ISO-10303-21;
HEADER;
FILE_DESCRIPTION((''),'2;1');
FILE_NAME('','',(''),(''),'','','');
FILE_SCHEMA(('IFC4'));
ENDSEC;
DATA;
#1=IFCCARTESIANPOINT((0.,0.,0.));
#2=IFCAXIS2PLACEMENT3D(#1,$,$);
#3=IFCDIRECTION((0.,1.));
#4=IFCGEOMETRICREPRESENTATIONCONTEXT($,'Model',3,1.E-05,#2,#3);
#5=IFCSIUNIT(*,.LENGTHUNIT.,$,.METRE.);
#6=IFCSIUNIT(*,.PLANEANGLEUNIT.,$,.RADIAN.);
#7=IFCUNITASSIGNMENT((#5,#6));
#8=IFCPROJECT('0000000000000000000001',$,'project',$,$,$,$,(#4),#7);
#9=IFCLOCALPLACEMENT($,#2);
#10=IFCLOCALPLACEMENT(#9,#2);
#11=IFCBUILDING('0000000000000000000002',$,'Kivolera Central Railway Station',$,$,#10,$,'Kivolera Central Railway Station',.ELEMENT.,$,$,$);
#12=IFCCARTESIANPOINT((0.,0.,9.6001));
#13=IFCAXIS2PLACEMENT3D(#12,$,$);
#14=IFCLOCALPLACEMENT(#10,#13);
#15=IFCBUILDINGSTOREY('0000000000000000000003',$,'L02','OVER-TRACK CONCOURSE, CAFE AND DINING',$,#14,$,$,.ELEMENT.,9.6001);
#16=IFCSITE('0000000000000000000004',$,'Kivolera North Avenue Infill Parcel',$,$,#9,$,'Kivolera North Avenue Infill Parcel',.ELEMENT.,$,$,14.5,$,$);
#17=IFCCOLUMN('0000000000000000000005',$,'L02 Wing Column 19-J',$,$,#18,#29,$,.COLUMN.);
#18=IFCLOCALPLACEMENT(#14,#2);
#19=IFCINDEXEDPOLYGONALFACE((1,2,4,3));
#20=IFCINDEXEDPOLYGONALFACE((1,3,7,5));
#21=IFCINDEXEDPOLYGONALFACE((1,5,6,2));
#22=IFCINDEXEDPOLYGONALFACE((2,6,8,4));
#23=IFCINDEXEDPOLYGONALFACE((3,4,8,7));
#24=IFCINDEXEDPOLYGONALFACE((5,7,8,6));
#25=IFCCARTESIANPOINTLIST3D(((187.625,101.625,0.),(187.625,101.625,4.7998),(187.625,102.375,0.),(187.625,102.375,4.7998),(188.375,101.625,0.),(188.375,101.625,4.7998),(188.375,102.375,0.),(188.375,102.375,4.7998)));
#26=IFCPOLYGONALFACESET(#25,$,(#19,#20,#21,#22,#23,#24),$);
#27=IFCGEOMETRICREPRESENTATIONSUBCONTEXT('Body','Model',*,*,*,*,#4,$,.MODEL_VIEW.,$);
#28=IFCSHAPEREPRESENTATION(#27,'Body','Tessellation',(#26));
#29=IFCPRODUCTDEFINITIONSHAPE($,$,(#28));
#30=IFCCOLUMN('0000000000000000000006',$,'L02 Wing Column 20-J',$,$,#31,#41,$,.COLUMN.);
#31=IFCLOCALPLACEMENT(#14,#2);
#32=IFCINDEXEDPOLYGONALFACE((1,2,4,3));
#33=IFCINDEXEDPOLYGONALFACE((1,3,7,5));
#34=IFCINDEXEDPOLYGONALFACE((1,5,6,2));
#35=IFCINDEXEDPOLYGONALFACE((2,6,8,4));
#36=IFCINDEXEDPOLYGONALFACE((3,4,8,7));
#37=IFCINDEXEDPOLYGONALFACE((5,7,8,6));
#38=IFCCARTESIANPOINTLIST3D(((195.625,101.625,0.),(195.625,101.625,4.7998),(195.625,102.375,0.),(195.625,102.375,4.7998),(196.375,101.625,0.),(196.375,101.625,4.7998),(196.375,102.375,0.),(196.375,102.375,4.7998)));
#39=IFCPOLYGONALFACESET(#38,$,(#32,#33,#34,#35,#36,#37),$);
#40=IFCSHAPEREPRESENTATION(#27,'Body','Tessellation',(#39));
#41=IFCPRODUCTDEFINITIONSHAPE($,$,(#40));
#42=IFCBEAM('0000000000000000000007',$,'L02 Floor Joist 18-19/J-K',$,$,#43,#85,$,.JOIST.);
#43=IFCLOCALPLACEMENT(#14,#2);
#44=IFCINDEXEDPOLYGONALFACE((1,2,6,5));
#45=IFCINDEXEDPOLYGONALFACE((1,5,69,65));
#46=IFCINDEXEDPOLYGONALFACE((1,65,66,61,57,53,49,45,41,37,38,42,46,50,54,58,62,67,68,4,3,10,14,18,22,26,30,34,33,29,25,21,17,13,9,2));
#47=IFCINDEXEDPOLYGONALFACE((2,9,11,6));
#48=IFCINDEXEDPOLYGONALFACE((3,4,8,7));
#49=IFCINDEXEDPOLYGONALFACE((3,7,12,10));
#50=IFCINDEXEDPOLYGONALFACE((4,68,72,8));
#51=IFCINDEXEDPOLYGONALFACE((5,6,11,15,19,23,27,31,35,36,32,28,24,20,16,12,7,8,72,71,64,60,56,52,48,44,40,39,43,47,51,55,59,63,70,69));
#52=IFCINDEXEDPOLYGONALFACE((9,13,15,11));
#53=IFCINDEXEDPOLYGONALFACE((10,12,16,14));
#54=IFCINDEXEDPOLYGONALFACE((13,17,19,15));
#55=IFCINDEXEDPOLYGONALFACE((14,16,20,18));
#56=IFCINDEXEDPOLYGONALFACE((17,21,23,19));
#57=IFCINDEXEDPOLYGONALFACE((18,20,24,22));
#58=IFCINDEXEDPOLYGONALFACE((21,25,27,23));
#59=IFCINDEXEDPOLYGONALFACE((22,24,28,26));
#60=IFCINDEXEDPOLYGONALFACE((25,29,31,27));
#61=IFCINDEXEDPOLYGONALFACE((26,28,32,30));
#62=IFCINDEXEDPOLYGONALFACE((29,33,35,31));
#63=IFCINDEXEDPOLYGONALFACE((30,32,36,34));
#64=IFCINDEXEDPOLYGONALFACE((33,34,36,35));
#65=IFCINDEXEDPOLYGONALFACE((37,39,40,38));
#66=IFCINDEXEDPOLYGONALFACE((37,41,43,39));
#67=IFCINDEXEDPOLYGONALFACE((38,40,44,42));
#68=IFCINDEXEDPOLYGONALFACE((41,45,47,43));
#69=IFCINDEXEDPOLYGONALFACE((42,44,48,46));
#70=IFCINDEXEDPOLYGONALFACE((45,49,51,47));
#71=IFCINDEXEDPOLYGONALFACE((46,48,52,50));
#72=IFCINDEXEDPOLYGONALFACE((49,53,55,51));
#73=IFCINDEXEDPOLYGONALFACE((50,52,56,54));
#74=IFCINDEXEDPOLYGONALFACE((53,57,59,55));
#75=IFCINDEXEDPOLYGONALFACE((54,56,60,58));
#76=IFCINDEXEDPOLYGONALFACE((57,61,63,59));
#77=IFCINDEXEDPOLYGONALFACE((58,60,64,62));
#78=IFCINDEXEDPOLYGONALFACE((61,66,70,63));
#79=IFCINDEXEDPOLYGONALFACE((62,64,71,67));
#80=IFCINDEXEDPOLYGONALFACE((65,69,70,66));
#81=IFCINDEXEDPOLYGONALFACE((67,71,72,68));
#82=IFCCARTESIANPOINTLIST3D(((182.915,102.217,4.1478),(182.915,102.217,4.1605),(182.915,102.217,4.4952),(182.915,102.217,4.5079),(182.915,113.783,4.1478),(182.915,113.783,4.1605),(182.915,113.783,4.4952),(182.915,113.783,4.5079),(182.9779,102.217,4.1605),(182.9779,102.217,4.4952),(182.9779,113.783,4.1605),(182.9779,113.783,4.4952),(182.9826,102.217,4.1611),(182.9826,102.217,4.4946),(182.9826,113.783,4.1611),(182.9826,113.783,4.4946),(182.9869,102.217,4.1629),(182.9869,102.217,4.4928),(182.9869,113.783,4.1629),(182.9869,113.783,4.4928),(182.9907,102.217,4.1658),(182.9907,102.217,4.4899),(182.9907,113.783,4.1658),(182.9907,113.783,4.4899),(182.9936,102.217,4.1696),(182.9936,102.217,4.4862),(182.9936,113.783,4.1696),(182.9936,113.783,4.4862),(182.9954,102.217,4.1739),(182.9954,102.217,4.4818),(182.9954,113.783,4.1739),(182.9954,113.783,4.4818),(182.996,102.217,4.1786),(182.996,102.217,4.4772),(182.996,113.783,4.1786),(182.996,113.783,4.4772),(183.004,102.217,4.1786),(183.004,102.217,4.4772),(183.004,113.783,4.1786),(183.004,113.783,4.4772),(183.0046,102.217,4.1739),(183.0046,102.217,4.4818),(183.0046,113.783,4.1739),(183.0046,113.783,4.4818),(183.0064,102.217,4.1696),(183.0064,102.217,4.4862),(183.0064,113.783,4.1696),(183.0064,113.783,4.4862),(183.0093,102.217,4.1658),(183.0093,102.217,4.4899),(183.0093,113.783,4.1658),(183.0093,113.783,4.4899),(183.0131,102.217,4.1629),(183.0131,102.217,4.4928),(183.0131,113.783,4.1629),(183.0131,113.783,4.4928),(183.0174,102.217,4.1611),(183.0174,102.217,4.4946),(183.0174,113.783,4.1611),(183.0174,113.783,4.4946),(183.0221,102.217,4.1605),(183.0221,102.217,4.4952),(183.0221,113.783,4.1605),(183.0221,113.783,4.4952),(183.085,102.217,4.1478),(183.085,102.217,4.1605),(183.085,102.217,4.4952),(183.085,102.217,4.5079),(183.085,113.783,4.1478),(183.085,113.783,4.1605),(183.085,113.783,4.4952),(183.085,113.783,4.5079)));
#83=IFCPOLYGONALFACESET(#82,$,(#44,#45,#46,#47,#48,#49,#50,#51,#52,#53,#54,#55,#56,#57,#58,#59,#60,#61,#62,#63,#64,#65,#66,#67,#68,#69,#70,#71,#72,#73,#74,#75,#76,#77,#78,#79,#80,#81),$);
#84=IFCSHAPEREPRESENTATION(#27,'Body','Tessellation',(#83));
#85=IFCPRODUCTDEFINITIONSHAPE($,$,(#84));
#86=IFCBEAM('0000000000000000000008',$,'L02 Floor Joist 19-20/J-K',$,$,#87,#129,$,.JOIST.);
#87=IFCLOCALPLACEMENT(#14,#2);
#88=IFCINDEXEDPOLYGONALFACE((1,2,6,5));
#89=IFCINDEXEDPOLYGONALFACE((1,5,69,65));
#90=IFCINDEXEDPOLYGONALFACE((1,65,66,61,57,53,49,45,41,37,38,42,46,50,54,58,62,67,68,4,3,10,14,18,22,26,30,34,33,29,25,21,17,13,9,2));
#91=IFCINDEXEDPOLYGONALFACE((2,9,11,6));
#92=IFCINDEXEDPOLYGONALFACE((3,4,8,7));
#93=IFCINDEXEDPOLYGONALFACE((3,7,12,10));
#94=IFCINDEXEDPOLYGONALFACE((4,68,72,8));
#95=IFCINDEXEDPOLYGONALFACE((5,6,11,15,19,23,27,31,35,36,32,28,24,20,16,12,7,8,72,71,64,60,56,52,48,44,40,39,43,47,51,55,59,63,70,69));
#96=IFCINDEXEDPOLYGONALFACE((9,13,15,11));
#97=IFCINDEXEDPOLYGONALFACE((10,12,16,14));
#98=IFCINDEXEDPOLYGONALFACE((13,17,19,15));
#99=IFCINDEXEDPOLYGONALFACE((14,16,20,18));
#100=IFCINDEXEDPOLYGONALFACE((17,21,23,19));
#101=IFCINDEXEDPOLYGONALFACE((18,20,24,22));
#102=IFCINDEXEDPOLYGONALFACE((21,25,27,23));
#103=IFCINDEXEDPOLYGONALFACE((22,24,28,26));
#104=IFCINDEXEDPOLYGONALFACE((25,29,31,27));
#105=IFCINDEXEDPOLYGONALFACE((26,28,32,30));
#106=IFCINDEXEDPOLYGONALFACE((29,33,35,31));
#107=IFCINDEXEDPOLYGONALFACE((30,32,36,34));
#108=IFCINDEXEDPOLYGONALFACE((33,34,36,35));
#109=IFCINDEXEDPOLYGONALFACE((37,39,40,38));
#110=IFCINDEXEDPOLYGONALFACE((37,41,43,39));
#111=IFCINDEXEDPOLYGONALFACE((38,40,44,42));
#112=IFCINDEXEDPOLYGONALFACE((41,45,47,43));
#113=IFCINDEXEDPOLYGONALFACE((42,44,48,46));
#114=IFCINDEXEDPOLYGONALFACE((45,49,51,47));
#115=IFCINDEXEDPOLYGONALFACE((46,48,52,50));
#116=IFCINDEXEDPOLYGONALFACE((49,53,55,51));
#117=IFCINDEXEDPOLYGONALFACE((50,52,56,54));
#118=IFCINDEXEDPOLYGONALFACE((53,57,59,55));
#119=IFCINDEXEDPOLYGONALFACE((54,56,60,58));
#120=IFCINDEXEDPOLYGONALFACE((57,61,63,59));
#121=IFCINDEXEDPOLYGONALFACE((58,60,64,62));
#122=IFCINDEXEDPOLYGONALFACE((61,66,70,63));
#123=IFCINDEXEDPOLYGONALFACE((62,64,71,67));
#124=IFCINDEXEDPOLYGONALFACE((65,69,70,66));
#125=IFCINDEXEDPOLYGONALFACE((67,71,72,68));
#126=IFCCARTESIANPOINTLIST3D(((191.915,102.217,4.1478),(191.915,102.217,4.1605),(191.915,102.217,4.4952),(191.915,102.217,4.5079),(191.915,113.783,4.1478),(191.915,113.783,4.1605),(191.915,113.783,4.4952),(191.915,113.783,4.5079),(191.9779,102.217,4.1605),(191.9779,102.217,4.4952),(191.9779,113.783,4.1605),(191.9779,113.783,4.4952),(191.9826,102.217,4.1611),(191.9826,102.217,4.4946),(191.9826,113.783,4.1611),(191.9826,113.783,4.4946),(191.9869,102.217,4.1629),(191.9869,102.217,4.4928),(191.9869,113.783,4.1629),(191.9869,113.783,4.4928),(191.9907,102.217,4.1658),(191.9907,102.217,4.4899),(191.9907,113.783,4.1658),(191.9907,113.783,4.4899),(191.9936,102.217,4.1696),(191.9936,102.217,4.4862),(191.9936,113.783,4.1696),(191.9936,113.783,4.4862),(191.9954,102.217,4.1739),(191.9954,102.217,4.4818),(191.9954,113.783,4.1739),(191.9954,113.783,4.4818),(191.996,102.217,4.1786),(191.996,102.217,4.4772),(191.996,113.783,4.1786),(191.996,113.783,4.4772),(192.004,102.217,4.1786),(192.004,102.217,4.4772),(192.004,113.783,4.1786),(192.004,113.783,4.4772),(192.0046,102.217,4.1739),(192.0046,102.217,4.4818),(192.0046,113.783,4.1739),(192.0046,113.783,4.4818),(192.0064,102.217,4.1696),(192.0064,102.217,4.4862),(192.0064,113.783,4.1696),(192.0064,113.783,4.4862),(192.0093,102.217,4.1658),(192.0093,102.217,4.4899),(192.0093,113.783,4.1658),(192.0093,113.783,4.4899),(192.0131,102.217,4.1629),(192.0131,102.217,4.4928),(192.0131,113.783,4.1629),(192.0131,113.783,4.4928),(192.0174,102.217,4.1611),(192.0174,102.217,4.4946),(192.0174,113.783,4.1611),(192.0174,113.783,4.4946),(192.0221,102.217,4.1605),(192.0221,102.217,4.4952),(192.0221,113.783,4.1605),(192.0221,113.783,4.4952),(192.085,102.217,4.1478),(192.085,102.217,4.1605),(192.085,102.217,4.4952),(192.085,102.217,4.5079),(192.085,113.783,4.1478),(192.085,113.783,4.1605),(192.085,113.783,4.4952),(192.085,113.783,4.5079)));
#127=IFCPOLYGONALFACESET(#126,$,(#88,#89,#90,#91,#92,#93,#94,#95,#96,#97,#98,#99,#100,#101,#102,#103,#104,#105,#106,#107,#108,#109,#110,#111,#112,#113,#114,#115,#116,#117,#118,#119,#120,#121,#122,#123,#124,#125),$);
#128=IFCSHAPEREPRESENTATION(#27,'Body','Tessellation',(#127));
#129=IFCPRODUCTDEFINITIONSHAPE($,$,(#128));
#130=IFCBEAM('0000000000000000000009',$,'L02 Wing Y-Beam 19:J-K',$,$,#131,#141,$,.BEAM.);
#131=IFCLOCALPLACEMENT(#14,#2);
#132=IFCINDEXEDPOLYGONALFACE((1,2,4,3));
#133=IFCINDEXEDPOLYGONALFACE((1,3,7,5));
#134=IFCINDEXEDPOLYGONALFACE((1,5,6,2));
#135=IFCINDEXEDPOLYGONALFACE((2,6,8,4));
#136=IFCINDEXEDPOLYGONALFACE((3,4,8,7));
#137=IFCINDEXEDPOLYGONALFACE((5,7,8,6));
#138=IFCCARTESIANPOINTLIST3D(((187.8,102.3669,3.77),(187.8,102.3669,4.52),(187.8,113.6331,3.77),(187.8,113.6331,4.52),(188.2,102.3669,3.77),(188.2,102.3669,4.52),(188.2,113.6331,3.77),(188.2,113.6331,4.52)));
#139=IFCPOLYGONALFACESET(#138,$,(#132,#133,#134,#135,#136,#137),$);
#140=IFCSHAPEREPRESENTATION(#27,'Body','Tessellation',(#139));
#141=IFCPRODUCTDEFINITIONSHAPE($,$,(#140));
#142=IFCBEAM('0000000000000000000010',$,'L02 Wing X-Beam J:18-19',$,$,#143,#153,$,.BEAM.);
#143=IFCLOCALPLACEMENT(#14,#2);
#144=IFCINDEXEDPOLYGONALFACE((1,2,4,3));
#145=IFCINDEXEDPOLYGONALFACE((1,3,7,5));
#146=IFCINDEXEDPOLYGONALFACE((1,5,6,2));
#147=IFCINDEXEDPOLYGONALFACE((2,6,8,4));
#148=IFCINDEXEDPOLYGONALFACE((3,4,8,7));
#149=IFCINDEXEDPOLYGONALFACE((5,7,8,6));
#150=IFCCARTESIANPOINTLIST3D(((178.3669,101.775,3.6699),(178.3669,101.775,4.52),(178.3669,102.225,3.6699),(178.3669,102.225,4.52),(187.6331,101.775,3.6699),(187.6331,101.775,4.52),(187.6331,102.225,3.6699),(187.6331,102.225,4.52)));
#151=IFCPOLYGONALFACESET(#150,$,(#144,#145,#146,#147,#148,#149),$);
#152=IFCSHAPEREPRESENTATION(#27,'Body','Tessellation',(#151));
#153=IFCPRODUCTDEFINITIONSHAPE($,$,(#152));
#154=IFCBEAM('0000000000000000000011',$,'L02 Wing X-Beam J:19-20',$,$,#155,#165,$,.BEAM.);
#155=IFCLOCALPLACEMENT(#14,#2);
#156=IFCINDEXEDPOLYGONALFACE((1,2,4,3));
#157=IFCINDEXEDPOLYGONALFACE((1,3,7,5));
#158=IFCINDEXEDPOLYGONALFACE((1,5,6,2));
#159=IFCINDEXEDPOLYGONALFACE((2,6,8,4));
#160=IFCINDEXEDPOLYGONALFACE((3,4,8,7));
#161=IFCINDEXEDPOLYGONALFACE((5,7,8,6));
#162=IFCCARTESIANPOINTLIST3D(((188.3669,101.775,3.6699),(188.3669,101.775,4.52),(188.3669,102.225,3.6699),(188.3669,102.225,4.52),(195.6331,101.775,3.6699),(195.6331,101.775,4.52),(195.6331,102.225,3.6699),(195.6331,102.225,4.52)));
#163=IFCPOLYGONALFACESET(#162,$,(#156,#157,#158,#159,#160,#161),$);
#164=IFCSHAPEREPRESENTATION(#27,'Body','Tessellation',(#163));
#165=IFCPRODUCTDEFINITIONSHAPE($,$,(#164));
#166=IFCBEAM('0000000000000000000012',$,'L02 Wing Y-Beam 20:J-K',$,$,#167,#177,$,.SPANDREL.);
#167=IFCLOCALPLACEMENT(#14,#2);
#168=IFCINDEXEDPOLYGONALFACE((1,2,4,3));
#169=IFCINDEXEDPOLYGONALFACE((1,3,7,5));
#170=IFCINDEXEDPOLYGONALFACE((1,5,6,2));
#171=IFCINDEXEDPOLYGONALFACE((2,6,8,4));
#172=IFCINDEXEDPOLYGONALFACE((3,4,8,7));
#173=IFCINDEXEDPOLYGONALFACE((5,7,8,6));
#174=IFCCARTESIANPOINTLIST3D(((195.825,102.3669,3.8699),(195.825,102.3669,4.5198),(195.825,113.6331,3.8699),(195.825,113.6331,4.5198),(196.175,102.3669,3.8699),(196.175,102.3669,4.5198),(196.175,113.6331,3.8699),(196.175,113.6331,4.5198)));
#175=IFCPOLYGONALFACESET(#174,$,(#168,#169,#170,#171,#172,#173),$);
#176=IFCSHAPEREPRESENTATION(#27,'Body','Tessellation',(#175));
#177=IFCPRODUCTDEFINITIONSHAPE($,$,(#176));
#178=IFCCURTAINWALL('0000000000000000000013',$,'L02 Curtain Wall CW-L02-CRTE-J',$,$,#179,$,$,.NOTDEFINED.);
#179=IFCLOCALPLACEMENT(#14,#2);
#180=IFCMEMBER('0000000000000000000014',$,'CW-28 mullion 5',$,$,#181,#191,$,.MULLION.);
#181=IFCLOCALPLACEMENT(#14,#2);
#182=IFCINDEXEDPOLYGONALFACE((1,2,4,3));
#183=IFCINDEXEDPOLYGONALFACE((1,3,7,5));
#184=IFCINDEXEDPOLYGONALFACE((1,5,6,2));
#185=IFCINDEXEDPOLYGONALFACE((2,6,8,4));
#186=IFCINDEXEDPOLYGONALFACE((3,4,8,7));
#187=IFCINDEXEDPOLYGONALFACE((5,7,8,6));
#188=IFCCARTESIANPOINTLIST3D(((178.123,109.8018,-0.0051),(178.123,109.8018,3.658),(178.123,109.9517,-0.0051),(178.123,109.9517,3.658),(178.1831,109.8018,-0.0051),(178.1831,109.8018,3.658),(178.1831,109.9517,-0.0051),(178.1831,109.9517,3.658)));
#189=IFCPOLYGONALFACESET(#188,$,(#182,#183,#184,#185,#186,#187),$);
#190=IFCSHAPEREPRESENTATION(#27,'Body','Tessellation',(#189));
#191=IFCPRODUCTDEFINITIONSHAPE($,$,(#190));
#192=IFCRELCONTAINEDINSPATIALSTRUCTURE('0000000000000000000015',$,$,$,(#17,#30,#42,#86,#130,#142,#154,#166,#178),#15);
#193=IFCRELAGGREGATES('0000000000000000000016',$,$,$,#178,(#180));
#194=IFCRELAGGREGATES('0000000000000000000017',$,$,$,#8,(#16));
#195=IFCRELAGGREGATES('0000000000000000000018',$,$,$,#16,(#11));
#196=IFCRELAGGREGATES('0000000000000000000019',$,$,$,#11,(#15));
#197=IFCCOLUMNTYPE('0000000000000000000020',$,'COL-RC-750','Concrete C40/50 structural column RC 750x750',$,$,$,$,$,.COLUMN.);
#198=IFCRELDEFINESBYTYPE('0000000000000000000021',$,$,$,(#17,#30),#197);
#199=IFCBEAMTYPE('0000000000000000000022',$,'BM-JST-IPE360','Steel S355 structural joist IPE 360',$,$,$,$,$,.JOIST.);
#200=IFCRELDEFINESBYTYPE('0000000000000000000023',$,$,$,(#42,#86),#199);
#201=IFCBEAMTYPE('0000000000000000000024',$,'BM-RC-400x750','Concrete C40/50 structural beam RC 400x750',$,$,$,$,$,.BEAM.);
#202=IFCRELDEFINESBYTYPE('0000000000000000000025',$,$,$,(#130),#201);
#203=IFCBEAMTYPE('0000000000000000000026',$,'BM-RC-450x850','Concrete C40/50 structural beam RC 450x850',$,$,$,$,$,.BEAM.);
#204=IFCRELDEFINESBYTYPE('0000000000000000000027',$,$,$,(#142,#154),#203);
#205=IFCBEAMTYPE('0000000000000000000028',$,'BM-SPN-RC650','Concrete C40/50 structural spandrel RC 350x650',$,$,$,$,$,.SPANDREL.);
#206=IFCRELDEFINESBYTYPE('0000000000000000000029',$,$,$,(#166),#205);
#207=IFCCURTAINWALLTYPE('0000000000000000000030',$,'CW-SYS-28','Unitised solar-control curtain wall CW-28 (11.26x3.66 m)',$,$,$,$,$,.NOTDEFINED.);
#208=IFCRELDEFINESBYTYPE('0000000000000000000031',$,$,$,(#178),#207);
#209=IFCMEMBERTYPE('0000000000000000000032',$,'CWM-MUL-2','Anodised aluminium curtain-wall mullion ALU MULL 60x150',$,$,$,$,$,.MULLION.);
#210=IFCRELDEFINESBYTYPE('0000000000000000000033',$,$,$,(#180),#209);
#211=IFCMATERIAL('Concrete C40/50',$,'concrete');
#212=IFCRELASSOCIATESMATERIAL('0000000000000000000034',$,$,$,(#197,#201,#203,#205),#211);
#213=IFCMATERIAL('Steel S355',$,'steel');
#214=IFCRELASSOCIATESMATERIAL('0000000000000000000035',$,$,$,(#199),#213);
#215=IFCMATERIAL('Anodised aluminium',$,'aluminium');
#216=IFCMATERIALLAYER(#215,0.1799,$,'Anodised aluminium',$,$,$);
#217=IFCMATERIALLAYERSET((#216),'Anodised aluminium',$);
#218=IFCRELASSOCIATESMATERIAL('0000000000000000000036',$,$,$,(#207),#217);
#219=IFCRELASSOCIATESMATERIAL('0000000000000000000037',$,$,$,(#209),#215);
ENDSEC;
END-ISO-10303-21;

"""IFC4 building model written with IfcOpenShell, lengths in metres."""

from ifc_helpers import new_model, si_unit, direction, frame, origin, origin_2d, place, context, subcontext, project, spatial, rectangle, i_section, extrude, material, layer, layer_set, material_profile, profile_set, type_object, element, aggregate, save


model = new_model("IFC4")

# Units and contexts
model_context = context("Model", 3, precision=1e-05, world=origin(), true_north=direction((0.0, 1.0)))
body_context = subcontext(model_context, "Body", "Model", "MODEL_VIEW")
ifc_project = project(units=[si_unit("LENGTHUNIT", "METRE"), si_unit("PLANEANGLEUNIT", "RADIAN")], contexts=[model_context])

# Site, building, storey
site_placement = place(None, origin())
site = spatial("IfcSite", under=ifc_project, at=site_placement, Name="Kivolera North Avenue Infill Parcel", LongName="Kivolera North Avenue Infill Parcel", CompositionType="ELEMENT", RefElevation=14.5)
building_placement = place(site_placement, origin())
building = spatial("IfcBuilding", under=site, at=building_placement, Name="Kivolera Central Railway Station", LongName="Kivolera Central Railway Station", CompositionType="ELEMENT")
storey_placement = place(building_placement, frame((0.0, 0.0, 9.6001)))
storey = spatial("IfcBuildingStorey", under=building, at=storey_placement, Name="L02", Description="OVER-TRACK CONCOURSE, CAFE AND DINING", CompositionType="ELEMENT", Elevation=9.6001)

# Columns
ifc_material_1 = material(Name="Concrete C40/50", Category="concrete")
ifc_material_profile_1 = material_profile(ifc_material_1, rectangle(XDim=0.75, YDim=0.75, at=origin_2d()), Name="RC 750x750")
ifc_profile_set_1 = profile_set([ifc_material_profile_1], Name="Concrete C40/50")
column_type = type_object("IfcColumnType", Name="COL-RC-750", Description="Concrete C40/50 structural column RC 750x750", PredefinedType="COLUMN", material=ifc_profile_set_1)
for number, where, z_axis, x_axis, name in (
    (1, (188.0, 102.0, 0.0), (0.0, 0.0, 1.0), (1.0, 0.0, 0.0), "L02 Wing Column 19-J"),
    (2, (196.0, 102.0, 0.0), (0.0, 0.0, 1.0), (1.0, 0.0, 0.0), "L02 Wing Column 20-J"),
):
    element("IfcColumn", number, at=place(storey_placement, frame(where, z_axis=z_axis, x_axis=x_axis)), inside=storey, type_object=column_type, Name=name, PredefinedType="COLUMN", context=body_context, shape_type="SweptSolid", body=[
        extrude(rectangle(XDim=0.75, YDim=0.75, at=origin_2d()), origin(), (0.0, 0.0, 1.0), 4.7998),
    ])

# Beams
ifc_material_2 = material(Name="Steel S355", Category="steel")
ifc_material_profile_2 = material_profile(ifc_material_2, i_section(OverallWidth=0.1699, OverallDepth=0.3601, WebThickness=0.0081, FlangeThickness=0.0127, FilletRadius=0.0181, at=origin_2d()), Name="IPE 360")
ifc_profile_set_2 = profile_set([ifc_material_profile_2], Name="Steel S355")
beam_type_1 = type_object("IfcBeamType", Name="BM-JST-IPE360", Description="Steel S355 structural joist IPE 360", PredefinedType="JOIST", material=ifc_profile_set_2)
for number, where, z_axis, x_axis, name in (
    (3, (183.0, 102.217, 4.3279), (0.0, 1.0, 0.0), (-1.0, 0.0, 0.0), "L02 Floor Joist 18-19/J-K"),
    (4, (192.0, 102.217, 4.3279), (0.0, 1.0, 0.0), (-1.0, 0.0, 0.0), "L02 Floor Joist 19-20/J-K"),
):
    element("IfcBeam", number, at=place(storey_placement, frame(where, z_axis=z_axis, x_axis=x_axis)), inside=storey, type_object=beam_type_1, Name=name, PredefinedType="JOIST", context=body_context, shape_type="SweptSolid", body=[
        extrude(i_section(OverallWidth=0.1699, OverallDepth=0.3601, WebThickness=0.0081, FlangeThickness=0.0127, FilletRadius=0.0181, at=origin_2d()), origin(), (0.0, 0.0, 1.0), 11.5659),
    ])
ifc_material_profile_3 = material_profile(ifc_material_1, rectangle(XDim=0.3999, YDim=0.75, at=origin_2d()), Name="RC 400x750")
ifc_profile_set_3 = profile_set([ifc_material_profile_3], Name="Concrete C40/50")
beam_type_2 = type_object("IfcBeamType", Name="BM-RC-400x750", Description="Concrete C40/50 structural beam RC 400x750", PredefinedType="BEAM", material=ifc_profile_set_3)
beam_1_placement = place(storey_placement, frame((188.0, 102.3669, 4.145), z_axis=(0.0, 1.0, 0.0), x_axis=(-1.0, 0.0, 0.0)))
element("IfcBeam", 5, at=beam_1_placement, inside=storey, type_object=beam_type_2, Name="L02 Wing Y-Beam 19:J-K", PredefinedType="BEAM", context=body_context, shape_type="SweptSolid", body=[
    extrude(rectangle(XDim=0.3999, YDim=0.75, at=origin_2d()), origin(), (0.0, 0.0, 1.0), 11.2661),
])
ifc_material_profile_4 = material_profile(ifc_material_1, rectangle(XDim=0.45, YDim=0.8501, at=origin_2d()), Name="RC 450x850")
ifc_profile_set_4 = profile_set([ifc_material_profile_4], Name="Concrete C40/50")
beam_type_3 = type_object("IfcBeamType", Name="BM-RC-450x850", Description="Concrete C40/50 structural beam RC 450x850", PredefinedType="BEAM", material=ifc_profile_set_4)
beam_2_placement = place(storey_placement, frame((178.3669, 102.0, 4.095), z_axis=(1.0, 0.0, 0.0), x_axis=(0.0, 1.0, 0.0)))
element("IfcBeam", 6, at=beam_2_placement, inside=storey, type_object=beam_type_3, Name="L02 Wing X-Beam J:18-19", PredefinedType="BEAM", context=body_context, shape_type="SweptSolid", body=[
    extrude(rectangle(XDim=0.45, YDim=0.8501, at=origin_2d()), origin(), (0.0, 0.0, 1.0), 9.2661),
])
beam_3_placement = place(storey_placement, frame((188.3669, 102.0, 4.095), z_axis=(1.0, 0.0, 0.0), x_axis=(0.0, 1.0, 0.0)))
element("IfcBeam", 7, at=beam_3_placement, inside=storey, type_object=beam_type_3, Name="L02 Wing X-Beam J:19-20", PredefinedType="BEAM", context=body_context, shape_type="SweptSolid", body=[
    extrude(rectangle(XDim=0.45, YDim=0.8501, at=origin_2d()), origin(), (0.0, 0.0, 1.0), 7.2661),
])
ifc_material_profile_5 = material_profile(ifc_material_1, rectangle(XDim=0.3501, YDim=0.6499, at=origin_2d()), Name="RC 350x650")
ifc_profile_set_5 = profile_set([ifc_material_profile_5], Name="Concrete C40/50")
beam_type_4 = type_object("IfcBeamType", Name="BM-SPN-RC650", Description="Concrete C40/50 structural spandrel RC 350x650", PredefinedType="SPANDREL", material=ifc_profile_set_5)
beam_4_placement = place(storey_placement, frame((196.0, 102.3669, 4.1948), z_axis=(0.0, 1.0, 0.0), x_axis=(-1.0, 0.0, 0.0)))
element("IfcBeam", 8, at=beam_4_placement, inside=storey, type_object=beam_type_4, Name="L02 Wing Y-Beam 20:J-K", PredefinedType="SPANDREL", context=body_context, shape_type="SweptSolid", body=[
    extrude(rectangle(XDim=0.3501, YDim=0.6499, at=origin_2d()), origin(), (0.0, 0.0, 1.0), 11.2661),
])

# Curtain wall, member
ifc_material_3 = material(Name="Anodised aluminium", Category="aluminium")
ifc_layer_1 = layer(ifc_material_3, 0.1799, Name="Anodised aluminium")
ifc_layer_set_1 = layer_set([ifc_layer_1], Name="Anodised aluminium")
curtain_wall_type = type_object("IfcCurtainWallType", Name="CW-SYS-28", Description="Unitised solar-control curtain wall CW-28 (11.26x3.66 m)", PredefinedType="NOTDEFINED", material=ifc_layer_set_1)
curtain_wall_placement = place(storey_placement, origin())
curtain_wall = element("IfcCurtainWall", 9, at=curtain_wall_placement, inside=storey, type_object=curtain_wall_type, Name="L02 Curtain Wall CW-L02-CRTE-J", PredefinedType="NOTDEFINED")
ifc_material_profile_6 = material_profile(ifc_material_3, rectangle(XDim=0.0601, YDim=0.1499, at=origin_2d()), Name="ALU MULL 60x150")
ifc_profile_set_6 = profile_set([ifc_material_profile_6], Name="Anodised aluminium")
member_type_1 = type_object("IfcMemberType", Name="CWM-MUL-2", Description="Anodised aluminium curtain-wall mullion ALU MULL 60x150", PredefinedType="MULLION", material=ifc_profile_set_6)
member_1_placement = place(storey_placement, frame((178.1531, 109.8767, -0.0051), z_axis=(0.0, 0.0, 1.0), x_axis=(-1.0, 0.0, 0.0)))
member_1 = element("IfcMember", 10, at=member_1_placement, type_object=member_type_1, Name="CW-28 mullion 5", PredefinedType="MULLION", context=body_context, shape_type="SweptSolid", body=[
    extrude(rectangle(XDim=0.0601, YDim=0.1499, at=origin_2d()), origin(), (0.0, 0.0, 1.0), 3.6631),
])
aggregate(curtain_wall, [member_1])

save(model, "model.ifc")
